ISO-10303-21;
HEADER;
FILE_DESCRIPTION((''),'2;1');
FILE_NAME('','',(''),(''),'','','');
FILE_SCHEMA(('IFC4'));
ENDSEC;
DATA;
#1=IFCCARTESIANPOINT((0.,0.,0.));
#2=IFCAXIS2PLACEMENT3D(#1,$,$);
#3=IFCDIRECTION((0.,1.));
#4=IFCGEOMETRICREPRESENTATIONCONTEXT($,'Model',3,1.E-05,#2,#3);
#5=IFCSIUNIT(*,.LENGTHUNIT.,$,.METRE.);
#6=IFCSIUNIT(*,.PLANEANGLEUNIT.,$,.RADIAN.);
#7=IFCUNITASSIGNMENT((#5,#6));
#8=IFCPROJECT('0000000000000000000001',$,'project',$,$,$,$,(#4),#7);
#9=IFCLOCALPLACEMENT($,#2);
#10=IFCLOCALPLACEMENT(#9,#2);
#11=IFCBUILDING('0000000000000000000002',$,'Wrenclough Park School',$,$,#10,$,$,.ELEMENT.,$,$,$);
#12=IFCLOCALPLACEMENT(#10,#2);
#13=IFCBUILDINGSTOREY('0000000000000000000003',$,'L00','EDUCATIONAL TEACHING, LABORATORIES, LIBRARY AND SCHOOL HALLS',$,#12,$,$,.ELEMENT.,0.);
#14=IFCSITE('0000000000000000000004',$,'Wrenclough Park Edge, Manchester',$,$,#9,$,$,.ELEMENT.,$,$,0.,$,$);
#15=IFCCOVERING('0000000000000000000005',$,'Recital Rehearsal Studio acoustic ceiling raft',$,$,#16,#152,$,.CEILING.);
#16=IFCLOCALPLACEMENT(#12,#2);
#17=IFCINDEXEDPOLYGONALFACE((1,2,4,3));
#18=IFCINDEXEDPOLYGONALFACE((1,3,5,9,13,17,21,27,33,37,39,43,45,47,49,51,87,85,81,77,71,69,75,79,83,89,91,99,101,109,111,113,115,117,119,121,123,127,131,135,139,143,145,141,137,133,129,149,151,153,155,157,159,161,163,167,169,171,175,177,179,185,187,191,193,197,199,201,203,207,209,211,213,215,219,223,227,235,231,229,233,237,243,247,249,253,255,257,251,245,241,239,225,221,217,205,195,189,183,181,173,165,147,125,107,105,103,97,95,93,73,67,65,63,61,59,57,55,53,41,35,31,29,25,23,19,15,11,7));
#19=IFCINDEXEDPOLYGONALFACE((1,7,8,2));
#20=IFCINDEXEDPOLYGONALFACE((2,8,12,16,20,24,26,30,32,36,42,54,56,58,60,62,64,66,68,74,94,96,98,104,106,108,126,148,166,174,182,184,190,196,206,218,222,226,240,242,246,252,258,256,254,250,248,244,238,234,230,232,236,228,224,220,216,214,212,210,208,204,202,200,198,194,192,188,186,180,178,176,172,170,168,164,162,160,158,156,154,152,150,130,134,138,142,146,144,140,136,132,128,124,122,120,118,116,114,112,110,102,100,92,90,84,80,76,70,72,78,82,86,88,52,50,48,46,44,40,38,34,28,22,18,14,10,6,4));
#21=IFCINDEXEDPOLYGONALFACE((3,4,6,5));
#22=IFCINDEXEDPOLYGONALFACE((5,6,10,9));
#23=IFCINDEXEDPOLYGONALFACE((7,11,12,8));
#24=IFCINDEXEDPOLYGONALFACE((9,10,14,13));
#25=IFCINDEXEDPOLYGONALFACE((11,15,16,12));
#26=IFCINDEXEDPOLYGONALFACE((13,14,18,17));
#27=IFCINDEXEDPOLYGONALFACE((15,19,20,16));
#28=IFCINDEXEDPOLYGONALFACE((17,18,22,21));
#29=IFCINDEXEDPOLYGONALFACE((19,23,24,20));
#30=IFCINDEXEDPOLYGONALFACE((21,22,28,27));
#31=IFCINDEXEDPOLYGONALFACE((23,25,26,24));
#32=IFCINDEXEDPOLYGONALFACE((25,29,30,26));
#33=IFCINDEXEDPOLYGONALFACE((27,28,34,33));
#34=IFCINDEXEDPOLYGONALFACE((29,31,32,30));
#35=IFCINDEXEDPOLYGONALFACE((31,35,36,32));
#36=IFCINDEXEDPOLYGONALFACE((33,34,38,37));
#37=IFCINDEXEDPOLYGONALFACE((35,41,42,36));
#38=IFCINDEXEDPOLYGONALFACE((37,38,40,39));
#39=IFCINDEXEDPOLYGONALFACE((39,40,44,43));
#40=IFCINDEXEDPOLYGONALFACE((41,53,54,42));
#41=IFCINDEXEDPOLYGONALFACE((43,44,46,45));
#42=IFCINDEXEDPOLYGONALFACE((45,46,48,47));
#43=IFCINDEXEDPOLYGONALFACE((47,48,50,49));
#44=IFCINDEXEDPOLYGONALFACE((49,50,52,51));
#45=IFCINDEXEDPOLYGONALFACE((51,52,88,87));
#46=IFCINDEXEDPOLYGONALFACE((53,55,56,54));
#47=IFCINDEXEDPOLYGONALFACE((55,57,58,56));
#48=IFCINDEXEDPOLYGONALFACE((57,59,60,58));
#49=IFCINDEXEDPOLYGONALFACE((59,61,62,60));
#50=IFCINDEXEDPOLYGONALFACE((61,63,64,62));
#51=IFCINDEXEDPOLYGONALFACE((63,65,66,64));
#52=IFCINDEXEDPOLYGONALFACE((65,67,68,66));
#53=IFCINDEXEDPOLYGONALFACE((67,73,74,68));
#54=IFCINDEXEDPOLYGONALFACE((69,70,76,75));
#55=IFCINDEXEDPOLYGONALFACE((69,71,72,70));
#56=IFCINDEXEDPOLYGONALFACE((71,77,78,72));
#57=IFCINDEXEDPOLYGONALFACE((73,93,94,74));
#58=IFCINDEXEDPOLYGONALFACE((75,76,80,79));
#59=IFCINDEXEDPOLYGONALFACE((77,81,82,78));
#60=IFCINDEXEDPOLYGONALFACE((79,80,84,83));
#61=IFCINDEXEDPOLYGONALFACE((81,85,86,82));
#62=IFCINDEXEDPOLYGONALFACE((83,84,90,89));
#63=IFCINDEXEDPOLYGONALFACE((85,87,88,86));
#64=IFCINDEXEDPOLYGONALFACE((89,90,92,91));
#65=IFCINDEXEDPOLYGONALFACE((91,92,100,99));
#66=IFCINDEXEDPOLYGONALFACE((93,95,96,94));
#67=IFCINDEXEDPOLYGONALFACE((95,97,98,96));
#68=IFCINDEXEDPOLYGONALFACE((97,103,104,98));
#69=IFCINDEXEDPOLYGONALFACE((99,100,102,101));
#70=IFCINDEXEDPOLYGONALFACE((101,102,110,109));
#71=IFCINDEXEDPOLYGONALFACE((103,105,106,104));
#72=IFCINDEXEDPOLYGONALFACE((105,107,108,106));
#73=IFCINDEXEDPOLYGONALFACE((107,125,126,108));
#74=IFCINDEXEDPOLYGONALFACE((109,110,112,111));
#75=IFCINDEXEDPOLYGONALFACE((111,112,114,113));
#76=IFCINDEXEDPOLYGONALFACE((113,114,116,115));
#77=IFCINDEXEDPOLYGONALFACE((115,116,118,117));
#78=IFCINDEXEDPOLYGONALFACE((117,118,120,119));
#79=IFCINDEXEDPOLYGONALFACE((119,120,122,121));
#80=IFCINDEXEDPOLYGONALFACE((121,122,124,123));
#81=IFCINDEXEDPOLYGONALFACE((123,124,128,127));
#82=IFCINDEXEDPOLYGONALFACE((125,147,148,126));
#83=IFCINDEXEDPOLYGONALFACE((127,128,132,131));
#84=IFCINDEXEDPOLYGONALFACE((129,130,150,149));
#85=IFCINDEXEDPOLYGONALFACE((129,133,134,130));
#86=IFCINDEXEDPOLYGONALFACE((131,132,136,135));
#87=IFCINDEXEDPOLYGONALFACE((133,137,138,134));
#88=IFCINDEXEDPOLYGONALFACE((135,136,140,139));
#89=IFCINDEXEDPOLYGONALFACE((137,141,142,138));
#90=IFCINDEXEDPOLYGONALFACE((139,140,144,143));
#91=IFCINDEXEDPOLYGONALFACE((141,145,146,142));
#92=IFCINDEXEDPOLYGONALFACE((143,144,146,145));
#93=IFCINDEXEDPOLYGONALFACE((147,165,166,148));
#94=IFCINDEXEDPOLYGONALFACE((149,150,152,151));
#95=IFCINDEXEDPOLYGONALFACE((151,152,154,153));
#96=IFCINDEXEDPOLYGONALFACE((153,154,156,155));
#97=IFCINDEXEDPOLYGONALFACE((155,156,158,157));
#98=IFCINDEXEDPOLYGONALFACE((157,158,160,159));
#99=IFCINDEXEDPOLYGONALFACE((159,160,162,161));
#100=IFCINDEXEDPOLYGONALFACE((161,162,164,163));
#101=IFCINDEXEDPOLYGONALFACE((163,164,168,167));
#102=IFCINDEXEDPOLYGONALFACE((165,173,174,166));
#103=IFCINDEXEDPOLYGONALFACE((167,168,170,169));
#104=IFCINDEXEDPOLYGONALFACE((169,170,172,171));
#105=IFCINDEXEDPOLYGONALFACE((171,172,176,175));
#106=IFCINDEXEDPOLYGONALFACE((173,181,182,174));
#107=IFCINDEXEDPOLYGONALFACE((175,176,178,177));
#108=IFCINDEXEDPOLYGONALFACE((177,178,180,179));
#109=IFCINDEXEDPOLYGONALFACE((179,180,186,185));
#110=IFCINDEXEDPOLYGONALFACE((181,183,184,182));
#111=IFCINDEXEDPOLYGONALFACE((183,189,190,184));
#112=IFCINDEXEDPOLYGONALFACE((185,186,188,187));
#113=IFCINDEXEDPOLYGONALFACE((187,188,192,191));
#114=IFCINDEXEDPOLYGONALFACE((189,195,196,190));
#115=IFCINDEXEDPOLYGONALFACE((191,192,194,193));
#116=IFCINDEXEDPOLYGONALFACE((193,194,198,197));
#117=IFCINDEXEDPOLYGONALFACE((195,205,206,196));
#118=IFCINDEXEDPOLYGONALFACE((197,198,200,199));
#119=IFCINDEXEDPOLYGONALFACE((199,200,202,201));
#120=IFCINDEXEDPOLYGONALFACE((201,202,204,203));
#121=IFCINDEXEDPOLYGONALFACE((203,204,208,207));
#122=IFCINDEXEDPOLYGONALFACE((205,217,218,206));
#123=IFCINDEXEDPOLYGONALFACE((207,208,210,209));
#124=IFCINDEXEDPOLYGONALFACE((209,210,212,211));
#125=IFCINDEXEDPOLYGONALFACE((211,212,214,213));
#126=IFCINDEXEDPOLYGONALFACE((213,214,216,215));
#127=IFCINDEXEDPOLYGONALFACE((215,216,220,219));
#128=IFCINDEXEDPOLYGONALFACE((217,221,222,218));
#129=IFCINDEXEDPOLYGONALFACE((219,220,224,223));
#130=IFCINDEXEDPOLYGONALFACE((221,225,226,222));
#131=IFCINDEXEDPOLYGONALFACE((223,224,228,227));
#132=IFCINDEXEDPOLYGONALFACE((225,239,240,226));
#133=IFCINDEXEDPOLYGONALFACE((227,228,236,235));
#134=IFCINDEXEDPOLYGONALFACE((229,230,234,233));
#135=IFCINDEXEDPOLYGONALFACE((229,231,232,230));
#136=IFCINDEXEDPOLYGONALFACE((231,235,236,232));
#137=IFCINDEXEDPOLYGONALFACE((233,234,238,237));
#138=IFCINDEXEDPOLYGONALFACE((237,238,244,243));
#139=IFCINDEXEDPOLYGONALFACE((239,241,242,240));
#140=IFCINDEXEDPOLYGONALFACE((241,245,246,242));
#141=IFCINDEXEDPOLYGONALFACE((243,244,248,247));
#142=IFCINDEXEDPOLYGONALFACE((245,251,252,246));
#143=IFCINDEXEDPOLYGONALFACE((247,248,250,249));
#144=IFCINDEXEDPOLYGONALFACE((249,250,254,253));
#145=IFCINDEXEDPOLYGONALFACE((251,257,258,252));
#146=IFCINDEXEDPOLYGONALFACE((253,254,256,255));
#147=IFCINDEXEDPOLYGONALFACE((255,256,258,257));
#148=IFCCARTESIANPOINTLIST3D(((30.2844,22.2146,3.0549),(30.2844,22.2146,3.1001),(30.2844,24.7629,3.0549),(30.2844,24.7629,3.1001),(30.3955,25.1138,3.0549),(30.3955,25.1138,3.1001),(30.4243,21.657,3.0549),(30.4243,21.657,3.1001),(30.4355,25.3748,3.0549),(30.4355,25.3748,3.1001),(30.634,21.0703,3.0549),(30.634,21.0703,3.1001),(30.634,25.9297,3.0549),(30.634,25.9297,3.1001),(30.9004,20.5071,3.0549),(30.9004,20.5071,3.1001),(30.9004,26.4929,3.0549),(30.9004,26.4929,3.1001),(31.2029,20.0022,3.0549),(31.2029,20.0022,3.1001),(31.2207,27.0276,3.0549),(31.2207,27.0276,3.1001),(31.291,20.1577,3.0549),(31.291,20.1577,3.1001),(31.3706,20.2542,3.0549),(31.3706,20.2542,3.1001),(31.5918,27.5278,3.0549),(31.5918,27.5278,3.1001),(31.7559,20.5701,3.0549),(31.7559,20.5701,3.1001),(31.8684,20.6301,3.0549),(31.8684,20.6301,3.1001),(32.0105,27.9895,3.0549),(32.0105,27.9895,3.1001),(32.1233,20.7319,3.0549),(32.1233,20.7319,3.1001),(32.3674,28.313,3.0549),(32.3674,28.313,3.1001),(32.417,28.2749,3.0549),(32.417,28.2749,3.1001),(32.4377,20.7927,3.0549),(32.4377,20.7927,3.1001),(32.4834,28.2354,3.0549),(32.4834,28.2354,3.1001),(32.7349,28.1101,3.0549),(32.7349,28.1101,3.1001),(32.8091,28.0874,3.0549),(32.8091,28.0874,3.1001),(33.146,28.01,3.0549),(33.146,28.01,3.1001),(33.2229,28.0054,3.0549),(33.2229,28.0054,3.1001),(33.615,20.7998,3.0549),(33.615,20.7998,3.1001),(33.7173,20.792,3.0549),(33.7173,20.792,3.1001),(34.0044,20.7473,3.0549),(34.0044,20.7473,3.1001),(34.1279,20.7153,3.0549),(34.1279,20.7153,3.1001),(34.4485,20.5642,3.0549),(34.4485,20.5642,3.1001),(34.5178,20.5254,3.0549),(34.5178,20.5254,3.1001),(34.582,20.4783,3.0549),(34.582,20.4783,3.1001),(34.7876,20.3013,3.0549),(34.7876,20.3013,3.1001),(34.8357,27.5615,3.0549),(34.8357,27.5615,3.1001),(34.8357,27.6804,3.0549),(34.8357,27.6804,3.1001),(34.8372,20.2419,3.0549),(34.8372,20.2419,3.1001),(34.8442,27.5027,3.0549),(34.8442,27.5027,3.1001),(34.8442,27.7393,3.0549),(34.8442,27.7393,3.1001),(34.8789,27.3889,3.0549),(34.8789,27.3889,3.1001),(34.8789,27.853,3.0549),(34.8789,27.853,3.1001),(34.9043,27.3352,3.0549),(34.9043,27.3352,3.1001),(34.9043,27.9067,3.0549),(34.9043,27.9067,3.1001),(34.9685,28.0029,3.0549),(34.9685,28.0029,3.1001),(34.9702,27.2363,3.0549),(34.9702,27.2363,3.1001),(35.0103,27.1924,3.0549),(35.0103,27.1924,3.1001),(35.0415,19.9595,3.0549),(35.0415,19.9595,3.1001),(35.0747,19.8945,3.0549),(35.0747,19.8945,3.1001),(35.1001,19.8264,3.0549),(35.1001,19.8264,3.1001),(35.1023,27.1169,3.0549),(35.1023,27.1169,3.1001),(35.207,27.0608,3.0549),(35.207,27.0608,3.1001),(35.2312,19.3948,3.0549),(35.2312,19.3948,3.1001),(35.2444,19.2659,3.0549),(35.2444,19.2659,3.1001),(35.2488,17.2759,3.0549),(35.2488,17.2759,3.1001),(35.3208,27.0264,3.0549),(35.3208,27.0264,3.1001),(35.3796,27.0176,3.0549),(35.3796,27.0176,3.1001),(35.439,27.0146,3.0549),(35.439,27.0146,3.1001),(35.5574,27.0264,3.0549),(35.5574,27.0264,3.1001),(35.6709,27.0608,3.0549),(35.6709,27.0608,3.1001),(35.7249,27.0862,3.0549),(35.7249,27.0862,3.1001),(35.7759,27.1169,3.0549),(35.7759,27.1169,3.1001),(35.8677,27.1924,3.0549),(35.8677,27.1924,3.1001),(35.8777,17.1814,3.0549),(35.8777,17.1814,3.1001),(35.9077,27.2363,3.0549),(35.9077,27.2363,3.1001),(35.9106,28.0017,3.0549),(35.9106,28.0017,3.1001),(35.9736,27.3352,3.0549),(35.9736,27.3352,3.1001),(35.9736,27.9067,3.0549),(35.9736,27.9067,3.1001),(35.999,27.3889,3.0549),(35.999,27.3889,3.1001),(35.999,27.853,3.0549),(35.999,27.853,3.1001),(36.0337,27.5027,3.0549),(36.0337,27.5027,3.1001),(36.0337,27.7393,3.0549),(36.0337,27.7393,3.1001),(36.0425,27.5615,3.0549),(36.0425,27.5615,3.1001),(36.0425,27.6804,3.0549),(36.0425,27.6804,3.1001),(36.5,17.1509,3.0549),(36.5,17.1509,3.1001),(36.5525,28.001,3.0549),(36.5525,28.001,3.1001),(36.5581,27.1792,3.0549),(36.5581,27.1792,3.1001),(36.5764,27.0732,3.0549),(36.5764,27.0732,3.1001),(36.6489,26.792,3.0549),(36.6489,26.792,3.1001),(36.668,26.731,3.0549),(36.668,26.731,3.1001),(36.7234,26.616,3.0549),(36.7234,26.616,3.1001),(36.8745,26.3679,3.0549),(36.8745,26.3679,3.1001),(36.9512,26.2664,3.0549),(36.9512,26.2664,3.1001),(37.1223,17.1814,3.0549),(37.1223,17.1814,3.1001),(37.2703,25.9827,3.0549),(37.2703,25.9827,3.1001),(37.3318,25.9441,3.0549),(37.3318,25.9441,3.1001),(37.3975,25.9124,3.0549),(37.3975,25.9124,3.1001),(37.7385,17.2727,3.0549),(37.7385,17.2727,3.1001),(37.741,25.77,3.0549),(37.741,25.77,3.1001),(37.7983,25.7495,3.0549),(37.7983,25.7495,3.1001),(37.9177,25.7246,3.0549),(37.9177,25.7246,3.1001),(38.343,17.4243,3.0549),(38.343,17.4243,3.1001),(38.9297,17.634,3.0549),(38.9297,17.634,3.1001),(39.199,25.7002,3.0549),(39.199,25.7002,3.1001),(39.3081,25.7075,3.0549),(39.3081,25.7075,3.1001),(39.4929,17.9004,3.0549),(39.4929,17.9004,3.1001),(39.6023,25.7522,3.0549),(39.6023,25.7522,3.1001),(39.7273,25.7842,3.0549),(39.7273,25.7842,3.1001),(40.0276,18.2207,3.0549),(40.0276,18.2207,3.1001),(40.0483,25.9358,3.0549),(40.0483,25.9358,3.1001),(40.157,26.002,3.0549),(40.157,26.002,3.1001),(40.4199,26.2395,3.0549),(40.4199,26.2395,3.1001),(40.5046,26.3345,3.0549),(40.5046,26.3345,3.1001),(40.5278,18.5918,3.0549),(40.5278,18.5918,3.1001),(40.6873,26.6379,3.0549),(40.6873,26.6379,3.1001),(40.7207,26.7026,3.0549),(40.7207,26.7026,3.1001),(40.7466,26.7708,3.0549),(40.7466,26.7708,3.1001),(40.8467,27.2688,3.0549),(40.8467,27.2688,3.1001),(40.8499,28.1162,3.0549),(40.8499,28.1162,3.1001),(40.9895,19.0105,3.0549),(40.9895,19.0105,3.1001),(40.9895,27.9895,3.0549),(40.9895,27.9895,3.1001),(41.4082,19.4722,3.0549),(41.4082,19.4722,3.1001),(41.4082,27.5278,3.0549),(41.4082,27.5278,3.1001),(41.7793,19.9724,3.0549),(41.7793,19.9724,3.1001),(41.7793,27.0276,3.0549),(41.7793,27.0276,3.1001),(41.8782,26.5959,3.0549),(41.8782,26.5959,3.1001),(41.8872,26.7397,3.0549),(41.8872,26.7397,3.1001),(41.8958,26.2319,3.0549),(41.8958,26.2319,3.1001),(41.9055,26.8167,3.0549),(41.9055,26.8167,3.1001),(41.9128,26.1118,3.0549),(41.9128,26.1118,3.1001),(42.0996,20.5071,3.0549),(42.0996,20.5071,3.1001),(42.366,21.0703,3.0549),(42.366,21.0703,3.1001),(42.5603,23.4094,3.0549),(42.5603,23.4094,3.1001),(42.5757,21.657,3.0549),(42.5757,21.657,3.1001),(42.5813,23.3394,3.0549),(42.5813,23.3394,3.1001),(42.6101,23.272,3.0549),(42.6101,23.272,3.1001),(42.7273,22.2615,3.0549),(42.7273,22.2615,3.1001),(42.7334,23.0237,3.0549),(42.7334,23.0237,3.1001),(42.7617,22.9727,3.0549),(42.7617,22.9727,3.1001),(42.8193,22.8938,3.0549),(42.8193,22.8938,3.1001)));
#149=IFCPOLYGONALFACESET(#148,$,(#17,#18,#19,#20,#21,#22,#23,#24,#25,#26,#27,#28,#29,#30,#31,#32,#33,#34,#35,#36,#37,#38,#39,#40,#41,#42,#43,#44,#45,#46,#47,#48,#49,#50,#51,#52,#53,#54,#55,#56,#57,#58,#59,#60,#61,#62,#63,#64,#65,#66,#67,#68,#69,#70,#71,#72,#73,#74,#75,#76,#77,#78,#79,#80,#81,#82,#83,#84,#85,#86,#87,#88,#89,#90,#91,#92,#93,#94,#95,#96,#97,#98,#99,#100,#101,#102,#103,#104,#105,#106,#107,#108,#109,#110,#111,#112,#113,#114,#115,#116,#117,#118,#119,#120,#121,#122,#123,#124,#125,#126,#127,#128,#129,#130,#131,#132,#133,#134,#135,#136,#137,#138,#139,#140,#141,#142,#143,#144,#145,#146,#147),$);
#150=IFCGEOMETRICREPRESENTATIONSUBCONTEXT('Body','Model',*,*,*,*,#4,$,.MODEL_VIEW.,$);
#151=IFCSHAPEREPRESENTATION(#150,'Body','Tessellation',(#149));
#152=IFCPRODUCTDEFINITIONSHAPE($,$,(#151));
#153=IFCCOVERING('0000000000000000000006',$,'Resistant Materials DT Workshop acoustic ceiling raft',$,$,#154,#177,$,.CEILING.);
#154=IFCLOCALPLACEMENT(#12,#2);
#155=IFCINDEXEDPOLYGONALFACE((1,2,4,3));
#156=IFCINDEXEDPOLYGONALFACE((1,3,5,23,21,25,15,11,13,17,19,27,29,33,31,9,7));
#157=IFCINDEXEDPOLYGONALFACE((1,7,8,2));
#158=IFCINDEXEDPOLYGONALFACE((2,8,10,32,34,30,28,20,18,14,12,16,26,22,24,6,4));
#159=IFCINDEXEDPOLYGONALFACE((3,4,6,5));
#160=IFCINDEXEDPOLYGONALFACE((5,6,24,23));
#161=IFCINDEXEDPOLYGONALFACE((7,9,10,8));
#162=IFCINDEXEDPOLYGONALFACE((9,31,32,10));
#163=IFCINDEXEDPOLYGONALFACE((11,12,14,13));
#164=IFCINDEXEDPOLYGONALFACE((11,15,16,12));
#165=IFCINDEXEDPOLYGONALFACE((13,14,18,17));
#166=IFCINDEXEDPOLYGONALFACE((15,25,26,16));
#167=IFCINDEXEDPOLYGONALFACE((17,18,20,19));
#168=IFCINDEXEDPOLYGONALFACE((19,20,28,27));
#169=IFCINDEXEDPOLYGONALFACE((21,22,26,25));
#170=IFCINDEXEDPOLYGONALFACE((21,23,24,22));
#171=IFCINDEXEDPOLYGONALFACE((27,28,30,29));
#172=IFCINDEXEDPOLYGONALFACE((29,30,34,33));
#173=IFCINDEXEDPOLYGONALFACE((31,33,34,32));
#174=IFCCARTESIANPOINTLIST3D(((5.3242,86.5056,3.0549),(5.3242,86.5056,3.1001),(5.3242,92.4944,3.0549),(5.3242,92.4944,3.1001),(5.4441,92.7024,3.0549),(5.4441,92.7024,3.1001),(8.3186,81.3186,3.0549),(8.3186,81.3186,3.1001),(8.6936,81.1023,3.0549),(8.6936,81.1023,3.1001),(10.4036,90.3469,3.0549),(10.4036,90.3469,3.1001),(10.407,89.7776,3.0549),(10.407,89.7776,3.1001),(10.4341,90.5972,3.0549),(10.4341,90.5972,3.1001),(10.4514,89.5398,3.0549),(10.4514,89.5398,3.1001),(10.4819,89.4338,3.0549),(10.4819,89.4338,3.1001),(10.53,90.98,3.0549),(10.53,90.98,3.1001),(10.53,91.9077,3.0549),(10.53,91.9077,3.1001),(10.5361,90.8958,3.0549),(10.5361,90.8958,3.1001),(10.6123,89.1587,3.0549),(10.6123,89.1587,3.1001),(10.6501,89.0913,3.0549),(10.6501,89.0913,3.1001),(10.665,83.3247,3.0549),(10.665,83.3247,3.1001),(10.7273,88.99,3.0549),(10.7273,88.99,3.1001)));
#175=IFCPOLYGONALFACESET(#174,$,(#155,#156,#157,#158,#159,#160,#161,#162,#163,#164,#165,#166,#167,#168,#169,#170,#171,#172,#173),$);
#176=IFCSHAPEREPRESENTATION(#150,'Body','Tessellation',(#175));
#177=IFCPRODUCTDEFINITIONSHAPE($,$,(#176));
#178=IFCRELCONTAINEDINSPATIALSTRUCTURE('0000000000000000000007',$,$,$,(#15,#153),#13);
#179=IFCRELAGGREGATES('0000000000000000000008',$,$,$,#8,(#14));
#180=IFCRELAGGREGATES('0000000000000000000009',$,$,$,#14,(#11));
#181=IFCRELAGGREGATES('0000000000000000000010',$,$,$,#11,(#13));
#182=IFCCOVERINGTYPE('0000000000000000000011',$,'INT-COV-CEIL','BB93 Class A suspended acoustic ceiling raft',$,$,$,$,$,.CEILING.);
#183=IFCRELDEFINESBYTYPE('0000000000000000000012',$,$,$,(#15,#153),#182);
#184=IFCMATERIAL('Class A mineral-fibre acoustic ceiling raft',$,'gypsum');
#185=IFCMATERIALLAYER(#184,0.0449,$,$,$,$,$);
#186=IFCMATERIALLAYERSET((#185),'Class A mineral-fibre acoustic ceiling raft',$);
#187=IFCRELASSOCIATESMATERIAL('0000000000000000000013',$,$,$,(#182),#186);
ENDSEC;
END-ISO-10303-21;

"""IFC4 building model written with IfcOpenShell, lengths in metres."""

from ifc_helpers import new_model, si_unit, direction, frame, origin, place, context, subcontext, project, spatial, polyline, outline, extrude, material, layer, layer_set, type_object, element, save


model = new_model("IFC4")

# Units and contexts
model_context = context("Model", 3, precision=1e-05, world=origin(), true_north=direction((0.0, 1.0)))
body_context = subcontext(model_context, "Body", "Model", "MODEL_VIEW")
ifc_project = project(units=[si_unit("LENGTHUNIT", "METRE"), si_unit("PLANEANGLEUNIT", "RADIAN")], contexts=[model_context])

# Site, building, storey
site_placement = place(None, origin())
site = spatial("IfcSite", under=ifc_project, at=site_placement, Name="Wrenclough Park Edge, Manchester", CompositionType="ELEMENT", RefElevation=0.0)
building_placement = place(site_placement, origin())
building = spatial("IfcBuilding", under=site, at=building_placement, Name="Wrenclough Park School", CompositionType="ELEMENT")
storey_placement = place(building_placement, origin())
storey = spatial("IfcBuildingStorey", under=building, at=storey_placement, Name="L00", Description="EDUCATIONAL TEACHING, LABORATORIES, LIBRARY AND SCHOOL HALLS", CompositionType="ELEMENT", Elevation=0.0)

# Coverings
ifc_material_1 = material(Name="Class A mineral-fibre acoustic ceiling raft", Category="gypsum")
ifc_layer_1 = layer(ifc_material_1, 0.0449)
ifc_layer_set_1 = layer_set([ifc_layer_1], Name="Class A mineral-fibre acoustic ceiling raft")
covering_type_1 = type_object("IfcCoveringType", Name="INT-COV-CEIL", Description="BB93 Class A suspended acoustic ceiling raft", PredefinedType="CEILING", material=ifc_layer_set_1)
covering_1_placement = place(storey_placement, frame((0.0, 0.0, 3.0549)))
element("IfcCovering", 1, at=covering_1_placement, inside=storey, type_object=covering_type_1, Name="Recital Rehearsal Studio acoustic ceiling raft", PredefinedType="CEILING", context=body_context, shape_type="SweptSolid", body=[
    extrude(outline(polyline([(30.9004, 20.5071), (31.2029, 20.0022), (31.291, 20.1577), (31.3706, 20.2542), (31.7559, 20.5701), (31.8684, 20.6301), (32.1233, 20.7319), (32.4377, 20.7927), (33.615, 20.7998), (33.7173, 20.792), (34.0044, 20.7473), (34.1279, 20.7153), (34.4485, 20.5642), (34.5178, 20.5254), (34.582, 20.4783), (34.7876, 20.3013), (34.8372, 20.2419), (35.0415, 19.9595), (35.0747, 19.8945), (35.1001, 19.8264), (35.2312, 19.3948), (35.2444, 19.2659), (35.2488, 17.2759), (35.8777, 17.1814), (36.5, 17.1509), (37.1223, 17.1814), (37.7385, 17.2727), (38.343, 17.4243), (38.9297, 17.634), (39.4929, 17.9004), (40.0276, 18.2207), (40.5278, 18.5918), (40.9895, 19.0105), (41.4082, 19.4722), (41.7793, 19.9724), (42.0996, 20.5071), (42.366, 21.0703), (42.5757, 21.657), (42.7273, 22.2615), (42.8193, 22.8938), (42.7617, 22.9727), (42.7334, 23.0237), (42.6101, 23.272), (42.5813, 23.3394), (42.5603, 23.4094), (41.9128, 26.1118), (41.8958, 26.2319), (41.8782, 26.5959), (41.8872, 26.7397), (41.9055, 26.8167), (41.7793, 27.0276), (41.4082, 27.5278), (40.9895, 27.9895), (40.8499, 28.1162), (40.8467, 27.2688), (40.7466, 26.7708), (40.7207, 26.7026), (40.6873, 26.6379), (40.5046, 26.3345), (40.4199, 26.2395), (40.157, 26.002), (40.0483, 25.9358), (39.7273, 25.7842), (39.6023, 25.7522), (39.3081, 25.7075), (39.199, 25.7002), (37.9177, 25.7246), (37.7983, 25.7495), (37.741, 25.77), (37.3975, 25.9124), (37.3318, 25.9441), (37.2703, 25.9827), (36.9512, 26.2664), (36.8745, 26.3679), (36.7234, 26.616), (36.668, 26.731), (36.6489, 26.792), (36.5764, 27.0732), (36.5581, 27.1792), (36.5525, 28.001), (35.9106, 28.0017), (35.9736, 27.9067), (35.999, 27.853), (36.0337, 27.7393), (36.0425, 27.6804), (36.0425, 27.5615), (36.0337, 27.5027), (35.999, 27.3889), (35.9736, 27.3352), (35.9077, 27.2363), (35.8677, 27.1924), (35.7759, 27.1169), (35.7249, 27.0862), (35.6709, 27.0608), (35.5574, 27.0264), (35.439, 27.0146), (35.3796, 27.0176), (35.3208, 27.0264), (35.207, 27.0608), (35.1023, 27.1169), (35.0103, 27.1924), (34.9702, 27.2363), (34.9043, 27.3352), (34.8789, 27.3889), (34.8442, 27.5027), (34.8357, 27.5615), (34.8357, 27.6804), (34.8442, 27.7393), (34.8789, 27.853), (34.9043, 27.9067), (34.9685, 28.0029), (33.2229, 28.0054), (33.146, 28.01), (32.8091, 28.0874), (32.7349, 28.1101), (32.4834, 28.2354), (32.417, 28.2749), (32.3674, 28.313), (32.0105, 27.9895), (31.5918, 27.5278), (31.2207, 27.0276), (30.9004, 26.4929), (30.634, 25.9297), (30.4355, 25.3748), (30.3955, 25.1138), (30.2844, 24.7629), (30.2844, 22.2146), (30.4243, 21.657), (30.634, 21.0703), (30.9004, 20.5071)])), origin(), (0.0, 0.0, 1.0), 0.0452),
])
covering_2_placement = place(storey_placement, frame((0.0, 0.0, 3.0549)))
element("IfcCovering", 2, at=covering_2_placement, inside=storey, type_object=covering_type_1, Name="Resistant Materials DT Workshop acoustic ceiling raft", PredefinedType="CEILING", context=body_context, shape_type="SweptSolid", body=[
    extrude(outline(polyline([(10.53, 90.98), (10.53, 91.9077), (5.4441, 92.7024), (5.3242, 92.4944), (5.3242, 86.5056), (8.3186, 81.3186), (8.6936, 81.1023), (10.665, 83.3247), (10.7273, 88.99), (10.6501, 89.0913), (10.6123, 89.1587), (10.4819, 89.4338), (10.4514, 89.5398), (10.407, 89.7776), (10.4036, 90.3469), (10.4341, 90.5972), (10.5361, 90.8958), (10.53, 90.98)])), origin(), (0.0, 0.0, 1.0), 0.0452),
])

save(model, "model.ifc")
